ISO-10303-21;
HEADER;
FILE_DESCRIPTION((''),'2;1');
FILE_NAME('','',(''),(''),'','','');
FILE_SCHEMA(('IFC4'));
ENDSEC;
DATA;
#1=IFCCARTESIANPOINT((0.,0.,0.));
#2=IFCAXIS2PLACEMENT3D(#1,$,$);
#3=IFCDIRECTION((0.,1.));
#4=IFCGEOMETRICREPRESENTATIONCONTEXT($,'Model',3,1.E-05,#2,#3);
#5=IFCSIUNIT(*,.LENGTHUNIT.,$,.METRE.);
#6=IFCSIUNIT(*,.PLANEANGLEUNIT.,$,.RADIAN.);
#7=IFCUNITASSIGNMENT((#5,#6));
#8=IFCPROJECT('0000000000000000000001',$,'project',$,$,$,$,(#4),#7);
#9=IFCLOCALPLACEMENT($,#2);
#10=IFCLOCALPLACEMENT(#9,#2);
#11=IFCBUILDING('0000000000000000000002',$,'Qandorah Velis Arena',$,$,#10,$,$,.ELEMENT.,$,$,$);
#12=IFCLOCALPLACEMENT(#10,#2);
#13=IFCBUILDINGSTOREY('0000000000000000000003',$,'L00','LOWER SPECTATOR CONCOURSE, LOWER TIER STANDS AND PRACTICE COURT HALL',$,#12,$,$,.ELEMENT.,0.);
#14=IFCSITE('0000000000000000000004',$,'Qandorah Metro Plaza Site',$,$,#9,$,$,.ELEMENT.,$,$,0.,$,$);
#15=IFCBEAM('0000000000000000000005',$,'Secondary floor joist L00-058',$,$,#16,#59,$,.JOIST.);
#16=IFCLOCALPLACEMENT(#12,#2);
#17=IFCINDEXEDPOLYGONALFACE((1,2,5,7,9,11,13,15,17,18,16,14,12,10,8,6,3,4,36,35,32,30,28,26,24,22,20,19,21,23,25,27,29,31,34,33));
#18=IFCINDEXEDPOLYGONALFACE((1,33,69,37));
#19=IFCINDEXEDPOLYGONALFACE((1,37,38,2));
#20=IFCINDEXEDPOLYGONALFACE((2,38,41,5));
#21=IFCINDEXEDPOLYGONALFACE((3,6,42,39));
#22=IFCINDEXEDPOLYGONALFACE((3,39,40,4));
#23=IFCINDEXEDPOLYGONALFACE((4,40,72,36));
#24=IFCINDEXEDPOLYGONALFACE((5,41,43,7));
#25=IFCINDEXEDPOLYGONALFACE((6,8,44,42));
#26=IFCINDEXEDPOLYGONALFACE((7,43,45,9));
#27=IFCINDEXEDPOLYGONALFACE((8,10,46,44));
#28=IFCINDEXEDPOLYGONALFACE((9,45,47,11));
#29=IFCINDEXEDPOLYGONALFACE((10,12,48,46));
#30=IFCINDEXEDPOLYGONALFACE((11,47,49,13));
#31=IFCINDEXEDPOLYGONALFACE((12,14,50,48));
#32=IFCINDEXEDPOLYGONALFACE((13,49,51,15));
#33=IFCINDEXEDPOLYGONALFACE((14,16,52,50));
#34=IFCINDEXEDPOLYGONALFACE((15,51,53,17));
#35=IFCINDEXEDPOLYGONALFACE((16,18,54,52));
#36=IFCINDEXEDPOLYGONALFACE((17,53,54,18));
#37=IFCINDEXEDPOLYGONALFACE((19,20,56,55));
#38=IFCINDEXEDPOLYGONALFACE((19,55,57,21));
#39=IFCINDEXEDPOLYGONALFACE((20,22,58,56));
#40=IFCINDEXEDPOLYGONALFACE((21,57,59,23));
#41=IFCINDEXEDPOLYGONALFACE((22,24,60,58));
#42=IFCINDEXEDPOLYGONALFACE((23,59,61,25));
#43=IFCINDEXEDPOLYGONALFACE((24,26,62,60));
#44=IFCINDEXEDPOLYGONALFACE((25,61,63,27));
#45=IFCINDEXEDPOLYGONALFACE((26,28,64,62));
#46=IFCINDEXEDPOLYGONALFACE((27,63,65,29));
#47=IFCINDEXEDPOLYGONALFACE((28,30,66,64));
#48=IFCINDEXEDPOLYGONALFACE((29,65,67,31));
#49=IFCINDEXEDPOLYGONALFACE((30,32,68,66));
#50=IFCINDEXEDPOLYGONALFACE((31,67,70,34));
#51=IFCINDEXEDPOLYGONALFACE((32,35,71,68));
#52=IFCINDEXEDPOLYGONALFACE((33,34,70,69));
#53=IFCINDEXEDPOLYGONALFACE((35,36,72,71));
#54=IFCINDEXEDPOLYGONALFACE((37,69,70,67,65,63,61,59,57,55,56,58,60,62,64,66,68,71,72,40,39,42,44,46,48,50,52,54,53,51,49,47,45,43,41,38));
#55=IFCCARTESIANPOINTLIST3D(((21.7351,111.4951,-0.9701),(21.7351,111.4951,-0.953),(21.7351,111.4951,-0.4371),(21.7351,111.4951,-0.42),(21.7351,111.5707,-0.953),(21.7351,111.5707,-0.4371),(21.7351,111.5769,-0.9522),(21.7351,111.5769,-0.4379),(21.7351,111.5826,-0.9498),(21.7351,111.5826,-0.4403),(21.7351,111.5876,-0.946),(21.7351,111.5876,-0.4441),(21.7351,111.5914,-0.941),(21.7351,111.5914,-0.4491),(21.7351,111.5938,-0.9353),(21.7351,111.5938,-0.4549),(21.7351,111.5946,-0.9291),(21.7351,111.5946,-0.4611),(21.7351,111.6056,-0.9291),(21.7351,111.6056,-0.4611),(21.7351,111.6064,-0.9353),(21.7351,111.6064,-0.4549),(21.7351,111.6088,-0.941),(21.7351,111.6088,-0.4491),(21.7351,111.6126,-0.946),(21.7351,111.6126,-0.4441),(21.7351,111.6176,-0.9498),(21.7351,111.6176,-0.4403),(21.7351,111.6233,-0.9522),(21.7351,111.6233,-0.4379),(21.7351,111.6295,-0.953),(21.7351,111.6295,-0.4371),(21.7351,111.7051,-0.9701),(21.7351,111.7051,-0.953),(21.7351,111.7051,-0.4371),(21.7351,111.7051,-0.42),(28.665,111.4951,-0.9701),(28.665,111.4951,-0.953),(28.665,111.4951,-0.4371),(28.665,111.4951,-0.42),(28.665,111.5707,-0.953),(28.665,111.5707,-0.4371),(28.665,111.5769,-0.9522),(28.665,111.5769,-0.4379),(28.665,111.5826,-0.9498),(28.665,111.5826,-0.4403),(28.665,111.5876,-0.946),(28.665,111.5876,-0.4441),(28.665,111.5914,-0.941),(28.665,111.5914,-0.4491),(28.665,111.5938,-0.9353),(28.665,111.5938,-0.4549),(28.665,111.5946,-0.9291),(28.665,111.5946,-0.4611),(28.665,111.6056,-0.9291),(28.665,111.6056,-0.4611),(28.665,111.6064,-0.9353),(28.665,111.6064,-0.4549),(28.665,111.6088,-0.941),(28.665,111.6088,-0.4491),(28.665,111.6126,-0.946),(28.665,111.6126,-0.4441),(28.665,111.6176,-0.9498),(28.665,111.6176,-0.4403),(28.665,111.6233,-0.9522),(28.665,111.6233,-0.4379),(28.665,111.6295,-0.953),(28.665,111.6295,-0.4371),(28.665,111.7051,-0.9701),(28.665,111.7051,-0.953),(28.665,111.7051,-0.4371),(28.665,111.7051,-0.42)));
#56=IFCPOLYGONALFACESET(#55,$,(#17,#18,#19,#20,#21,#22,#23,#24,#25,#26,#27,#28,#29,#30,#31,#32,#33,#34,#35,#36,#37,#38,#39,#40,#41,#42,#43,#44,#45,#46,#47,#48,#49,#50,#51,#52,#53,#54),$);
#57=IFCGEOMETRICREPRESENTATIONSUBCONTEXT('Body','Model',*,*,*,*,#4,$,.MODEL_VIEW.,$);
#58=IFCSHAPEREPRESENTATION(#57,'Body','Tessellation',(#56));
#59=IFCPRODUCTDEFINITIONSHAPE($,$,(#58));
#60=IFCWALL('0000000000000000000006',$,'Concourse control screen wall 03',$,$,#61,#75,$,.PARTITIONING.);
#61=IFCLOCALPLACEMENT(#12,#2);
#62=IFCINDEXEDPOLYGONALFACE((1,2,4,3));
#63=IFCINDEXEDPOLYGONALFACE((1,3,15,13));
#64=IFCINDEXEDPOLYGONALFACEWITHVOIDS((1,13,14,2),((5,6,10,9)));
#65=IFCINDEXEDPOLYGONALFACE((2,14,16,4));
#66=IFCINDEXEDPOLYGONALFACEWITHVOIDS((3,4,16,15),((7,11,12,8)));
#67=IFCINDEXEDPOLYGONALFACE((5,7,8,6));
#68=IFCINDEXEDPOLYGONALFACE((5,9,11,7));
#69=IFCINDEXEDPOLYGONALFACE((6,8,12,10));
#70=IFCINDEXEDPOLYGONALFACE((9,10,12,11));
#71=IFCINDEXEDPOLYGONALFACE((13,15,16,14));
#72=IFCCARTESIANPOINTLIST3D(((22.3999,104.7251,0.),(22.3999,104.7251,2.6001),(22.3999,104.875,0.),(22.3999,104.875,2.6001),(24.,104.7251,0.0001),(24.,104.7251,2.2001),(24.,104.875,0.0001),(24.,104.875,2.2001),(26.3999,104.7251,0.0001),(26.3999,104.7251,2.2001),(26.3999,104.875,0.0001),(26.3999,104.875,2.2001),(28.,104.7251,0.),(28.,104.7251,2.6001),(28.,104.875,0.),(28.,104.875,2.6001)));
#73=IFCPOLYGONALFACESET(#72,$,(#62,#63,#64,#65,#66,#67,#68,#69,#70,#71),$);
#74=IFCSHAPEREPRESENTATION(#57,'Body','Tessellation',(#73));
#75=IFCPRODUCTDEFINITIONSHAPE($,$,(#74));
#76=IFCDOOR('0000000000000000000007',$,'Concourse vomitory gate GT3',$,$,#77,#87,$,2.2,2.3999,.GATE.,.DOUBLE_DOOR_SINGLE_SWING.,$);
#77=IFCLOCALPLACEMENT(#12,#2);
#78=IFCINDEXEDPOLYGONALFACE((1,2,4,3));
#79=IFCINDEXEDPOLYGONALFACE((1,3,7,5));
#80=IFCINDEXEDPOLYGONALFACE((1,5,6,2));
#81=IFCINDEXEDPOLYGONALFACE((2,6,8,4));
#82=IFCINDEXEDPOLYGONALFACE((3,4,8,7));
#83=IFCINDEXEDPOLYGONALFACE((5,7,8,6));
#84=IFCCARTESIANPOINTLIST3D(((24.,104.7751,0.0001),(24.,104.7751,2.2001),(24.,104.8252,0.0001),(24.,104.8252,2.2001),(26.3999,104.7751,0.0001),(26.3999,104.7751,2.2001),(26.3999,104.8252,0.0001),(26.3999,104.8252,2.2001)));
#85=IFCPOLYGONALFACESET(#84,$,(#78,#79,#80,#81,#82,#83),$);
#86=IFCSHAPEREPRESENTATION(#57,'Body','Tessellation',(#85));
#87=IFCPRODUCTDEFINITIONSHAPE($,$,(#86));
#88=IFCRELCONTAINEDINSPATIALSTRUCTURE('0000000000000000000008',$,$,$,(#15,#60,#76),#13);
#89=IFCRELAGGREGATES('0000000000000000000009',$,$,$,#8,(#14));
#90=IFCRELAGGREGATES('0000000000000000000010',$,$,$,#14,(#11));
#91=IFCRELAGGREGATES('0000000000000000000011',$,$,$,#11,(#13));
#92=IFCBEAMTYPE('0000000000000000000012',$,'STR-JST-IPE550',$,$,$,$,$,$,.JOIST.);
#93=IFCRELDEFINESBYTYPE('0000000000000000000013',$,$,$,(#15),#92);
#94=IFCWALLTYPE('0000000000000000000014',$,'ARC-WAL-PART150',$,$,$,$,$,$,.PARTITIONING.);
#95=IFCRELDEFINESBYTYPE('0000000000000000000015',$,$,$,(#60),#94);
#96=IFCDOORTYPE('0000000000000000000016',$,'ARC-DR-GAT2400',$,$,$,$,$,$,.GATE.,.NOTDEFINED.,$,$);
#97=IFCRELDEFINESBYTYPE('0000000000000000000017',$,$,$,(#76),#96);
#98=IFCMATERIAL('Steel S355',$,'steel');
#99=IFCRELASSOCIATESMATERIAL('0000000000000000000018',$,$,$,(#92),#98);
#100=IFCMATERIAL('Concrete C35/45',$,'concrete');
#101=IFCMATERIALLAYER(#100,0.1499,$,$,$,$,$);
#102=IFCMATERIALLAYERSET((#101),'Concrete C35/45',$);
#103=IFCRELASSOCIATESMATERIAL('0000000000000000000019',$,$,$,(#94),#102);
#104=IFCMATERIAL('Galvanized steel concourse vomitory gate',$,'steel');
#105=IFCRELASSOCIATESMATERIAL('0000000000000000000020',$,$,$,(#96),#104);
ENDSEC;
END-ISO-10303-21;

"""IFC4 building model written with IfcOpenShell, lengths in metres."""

from ifc_helpers import new_model, si_unit, direction, frame, frame_2d, origin, origin_2d, place, context, subcontext, project, spatial, rectangle, i_section, extrude, material, layer, layer_set, material_profile, profile_set, type_object, element, fill, save


model = new_model("IFC4")

# Units and contexts
model_context = context("Model", 3, precision=1e-05, world=origin(), true_north=direction((0.0, 1.0)))
body_context = subcontext(model_context, "Body", "Model", "MODEL_VIEW")
ifc_project = project(units=[si_unit("LENGTHUNIT", "METRE"), si_unit("PLANEANGLEUNIT", "RADIAN")], contexts=[model_context])

# Site, building, storey
site_placement = place(None, origin())
site = spatial("IfcSite", under=ifc_project, at=site_placement, Name="Qandorah Metro Plaza Site", CompositionType="ELEMENT", RefElevation=0.0)
building_placement = place(site_placement, origin())
building = spatial("IfcBuilding", under=site, at=building_placement, Name="Qandorah Velis Arena", CompositionType="ELEMENT")
storey_placement = place(building_placement, origin())
storey = spatial("IfcBuildingStorey", under=building, at=storey_placement, Name="L00", Description="LOWER SPECTATOR CONCOURSE, LOWER TIER STANDS AND PRACTICE COURT HALL", CompositionType="ELEMENT", Elevation=0.0)

# Beam
ifc_material_1 = material(Name="Steel S355", Category="steel")
ifc_material_profile_1 = material_profile(ifc_material_1, i_section(OverallWidth=0.21, OverallDepth=0.55, WebThickness=0.011, FlangeThickness=0.0171, FilletRadius=0.0239, at=origin_2d()), Name="IPE 550")
ifc_profile_set_1 = profile_set([ifc_material_profile_1], Name="Steel S355")
beam_type_1 = type_object("IfcBeamType", Name="STR-JST-IPE550", PredefinedType="JOIST", material=ifc_profile_set_1)
beam_1_placement = place(storey_placement, frame((21.7351, 111.6001, -0.6951), z_axis=(1.0, 0.0, 0.0), x_axis=(0.0, 1.0, 0.0)))
element("IfcBeam", 1, at=beam_1_placement, inside=storey, type_object=beam_type_1, Name="Secondary floor joist L00-058", PredefinedType="JOIST", context=body_context, shape_type="SweptSolid", body=[
    extrude(i_section(OverallWidth=0.21, OverallDepth=0.55, WebThickness=0.011, FlangeThickness=0.0171, FilletRadius=0.0239, at=origin_2d()), origin(), (0.0, 0.0, 1.0), 6.9299),
])

# Wall, opening, door
ifc_material_2 = material(Name="Concrete C35/45", Category="concrete")
ifc_layer = layer(ifc_material_2, 0.1499)
ifc_layer_set = layer_set([ifc_layer], Name="Concrete C35/45")
wall_type = type_object("IfcWallType", Name="ARC-WAL-PART150", PredefinedType="PARTITIONING", material=ifc_layer_set)
wall_placement = place(storey_placement, frame((22.3999, 104.8, 0.0), z_axis=(0.0, 0.0, 1.0), x_axis=(1.0, 0.0, 0.0)))
wall = element("IfcWall", 2, at=wall_placement, inside=storey, type_object=wall_type, Name="Concourse control screen wall 03", PredefinedType="PARTITIONING", context=body_context, shape_type="SweptSolid", body=[
    extrude(rectangle(XDim=5.6001, YDim=0.1499, at=frame_2d((2.8, 0.0))), origin(), (0.0, 0.0, 1.0), 2.6001),
])
opening_placement = place(wall_placement, frame((1.6001, 0.0, 0.0)))
opening = element("IfcOpeningElement", 3, at=opening_placement, cuts=wall, PredefinedType="OPENING", context=body_context, shape_type="SweptSolid", body=[
    extrude(rectangle(XDim=2.3999, YDim=2.2, at=frame_2d((1.2, 1.1001))), frame((0.0, 0.085, 0.0), z_axis=(0.0, -1.0, 0.0), x_axis=(1.0, 0.0, 0.0)), (0.0, 0.0, 1.0), 0.1699),
])
ifc_material_3 = material(Name="Galvanized steel concourse vomitory gate", Category="steel")
door_type = type_object("IfcDoorType", Name="ARC-DR-GAT2400", OperationType="NOTDEFINED", PredefinedType="GATE", material=ifc_material_3)
door_placement = place(opening_placement, frame((2.3999, 0.0, 0.0), z_axis=(0.0, 0.0, 1.0), x_axis=(-1.0, 0.0, 0.0)))
door = element("IfcDoor", 4, at=door_placement, inside=storey, type_object=door_type, Name="Concourse vomitory gate GT3", OperationType="DOUBLE_DOOR_SINGLE_SWING", OverallHeight=2.2, OverallWidth=2.3999, PredefinedType="GATE", context=body_context, shape_type="SweptSolid", body=[
    extrude(rectangle(XDim=2.3999, YDim=2.2, at=frame_2d((1.2, 1.1001))), frame((0.0, 0.0249, 0.0), z_axis=(0.0, -1.0, 0.0), x_axis=(1.0, 0.0, 0.0)), (0.0, 0.0, 1.0), 0.05),
])
fill(opening, door)

save(model, "model.ifc")
